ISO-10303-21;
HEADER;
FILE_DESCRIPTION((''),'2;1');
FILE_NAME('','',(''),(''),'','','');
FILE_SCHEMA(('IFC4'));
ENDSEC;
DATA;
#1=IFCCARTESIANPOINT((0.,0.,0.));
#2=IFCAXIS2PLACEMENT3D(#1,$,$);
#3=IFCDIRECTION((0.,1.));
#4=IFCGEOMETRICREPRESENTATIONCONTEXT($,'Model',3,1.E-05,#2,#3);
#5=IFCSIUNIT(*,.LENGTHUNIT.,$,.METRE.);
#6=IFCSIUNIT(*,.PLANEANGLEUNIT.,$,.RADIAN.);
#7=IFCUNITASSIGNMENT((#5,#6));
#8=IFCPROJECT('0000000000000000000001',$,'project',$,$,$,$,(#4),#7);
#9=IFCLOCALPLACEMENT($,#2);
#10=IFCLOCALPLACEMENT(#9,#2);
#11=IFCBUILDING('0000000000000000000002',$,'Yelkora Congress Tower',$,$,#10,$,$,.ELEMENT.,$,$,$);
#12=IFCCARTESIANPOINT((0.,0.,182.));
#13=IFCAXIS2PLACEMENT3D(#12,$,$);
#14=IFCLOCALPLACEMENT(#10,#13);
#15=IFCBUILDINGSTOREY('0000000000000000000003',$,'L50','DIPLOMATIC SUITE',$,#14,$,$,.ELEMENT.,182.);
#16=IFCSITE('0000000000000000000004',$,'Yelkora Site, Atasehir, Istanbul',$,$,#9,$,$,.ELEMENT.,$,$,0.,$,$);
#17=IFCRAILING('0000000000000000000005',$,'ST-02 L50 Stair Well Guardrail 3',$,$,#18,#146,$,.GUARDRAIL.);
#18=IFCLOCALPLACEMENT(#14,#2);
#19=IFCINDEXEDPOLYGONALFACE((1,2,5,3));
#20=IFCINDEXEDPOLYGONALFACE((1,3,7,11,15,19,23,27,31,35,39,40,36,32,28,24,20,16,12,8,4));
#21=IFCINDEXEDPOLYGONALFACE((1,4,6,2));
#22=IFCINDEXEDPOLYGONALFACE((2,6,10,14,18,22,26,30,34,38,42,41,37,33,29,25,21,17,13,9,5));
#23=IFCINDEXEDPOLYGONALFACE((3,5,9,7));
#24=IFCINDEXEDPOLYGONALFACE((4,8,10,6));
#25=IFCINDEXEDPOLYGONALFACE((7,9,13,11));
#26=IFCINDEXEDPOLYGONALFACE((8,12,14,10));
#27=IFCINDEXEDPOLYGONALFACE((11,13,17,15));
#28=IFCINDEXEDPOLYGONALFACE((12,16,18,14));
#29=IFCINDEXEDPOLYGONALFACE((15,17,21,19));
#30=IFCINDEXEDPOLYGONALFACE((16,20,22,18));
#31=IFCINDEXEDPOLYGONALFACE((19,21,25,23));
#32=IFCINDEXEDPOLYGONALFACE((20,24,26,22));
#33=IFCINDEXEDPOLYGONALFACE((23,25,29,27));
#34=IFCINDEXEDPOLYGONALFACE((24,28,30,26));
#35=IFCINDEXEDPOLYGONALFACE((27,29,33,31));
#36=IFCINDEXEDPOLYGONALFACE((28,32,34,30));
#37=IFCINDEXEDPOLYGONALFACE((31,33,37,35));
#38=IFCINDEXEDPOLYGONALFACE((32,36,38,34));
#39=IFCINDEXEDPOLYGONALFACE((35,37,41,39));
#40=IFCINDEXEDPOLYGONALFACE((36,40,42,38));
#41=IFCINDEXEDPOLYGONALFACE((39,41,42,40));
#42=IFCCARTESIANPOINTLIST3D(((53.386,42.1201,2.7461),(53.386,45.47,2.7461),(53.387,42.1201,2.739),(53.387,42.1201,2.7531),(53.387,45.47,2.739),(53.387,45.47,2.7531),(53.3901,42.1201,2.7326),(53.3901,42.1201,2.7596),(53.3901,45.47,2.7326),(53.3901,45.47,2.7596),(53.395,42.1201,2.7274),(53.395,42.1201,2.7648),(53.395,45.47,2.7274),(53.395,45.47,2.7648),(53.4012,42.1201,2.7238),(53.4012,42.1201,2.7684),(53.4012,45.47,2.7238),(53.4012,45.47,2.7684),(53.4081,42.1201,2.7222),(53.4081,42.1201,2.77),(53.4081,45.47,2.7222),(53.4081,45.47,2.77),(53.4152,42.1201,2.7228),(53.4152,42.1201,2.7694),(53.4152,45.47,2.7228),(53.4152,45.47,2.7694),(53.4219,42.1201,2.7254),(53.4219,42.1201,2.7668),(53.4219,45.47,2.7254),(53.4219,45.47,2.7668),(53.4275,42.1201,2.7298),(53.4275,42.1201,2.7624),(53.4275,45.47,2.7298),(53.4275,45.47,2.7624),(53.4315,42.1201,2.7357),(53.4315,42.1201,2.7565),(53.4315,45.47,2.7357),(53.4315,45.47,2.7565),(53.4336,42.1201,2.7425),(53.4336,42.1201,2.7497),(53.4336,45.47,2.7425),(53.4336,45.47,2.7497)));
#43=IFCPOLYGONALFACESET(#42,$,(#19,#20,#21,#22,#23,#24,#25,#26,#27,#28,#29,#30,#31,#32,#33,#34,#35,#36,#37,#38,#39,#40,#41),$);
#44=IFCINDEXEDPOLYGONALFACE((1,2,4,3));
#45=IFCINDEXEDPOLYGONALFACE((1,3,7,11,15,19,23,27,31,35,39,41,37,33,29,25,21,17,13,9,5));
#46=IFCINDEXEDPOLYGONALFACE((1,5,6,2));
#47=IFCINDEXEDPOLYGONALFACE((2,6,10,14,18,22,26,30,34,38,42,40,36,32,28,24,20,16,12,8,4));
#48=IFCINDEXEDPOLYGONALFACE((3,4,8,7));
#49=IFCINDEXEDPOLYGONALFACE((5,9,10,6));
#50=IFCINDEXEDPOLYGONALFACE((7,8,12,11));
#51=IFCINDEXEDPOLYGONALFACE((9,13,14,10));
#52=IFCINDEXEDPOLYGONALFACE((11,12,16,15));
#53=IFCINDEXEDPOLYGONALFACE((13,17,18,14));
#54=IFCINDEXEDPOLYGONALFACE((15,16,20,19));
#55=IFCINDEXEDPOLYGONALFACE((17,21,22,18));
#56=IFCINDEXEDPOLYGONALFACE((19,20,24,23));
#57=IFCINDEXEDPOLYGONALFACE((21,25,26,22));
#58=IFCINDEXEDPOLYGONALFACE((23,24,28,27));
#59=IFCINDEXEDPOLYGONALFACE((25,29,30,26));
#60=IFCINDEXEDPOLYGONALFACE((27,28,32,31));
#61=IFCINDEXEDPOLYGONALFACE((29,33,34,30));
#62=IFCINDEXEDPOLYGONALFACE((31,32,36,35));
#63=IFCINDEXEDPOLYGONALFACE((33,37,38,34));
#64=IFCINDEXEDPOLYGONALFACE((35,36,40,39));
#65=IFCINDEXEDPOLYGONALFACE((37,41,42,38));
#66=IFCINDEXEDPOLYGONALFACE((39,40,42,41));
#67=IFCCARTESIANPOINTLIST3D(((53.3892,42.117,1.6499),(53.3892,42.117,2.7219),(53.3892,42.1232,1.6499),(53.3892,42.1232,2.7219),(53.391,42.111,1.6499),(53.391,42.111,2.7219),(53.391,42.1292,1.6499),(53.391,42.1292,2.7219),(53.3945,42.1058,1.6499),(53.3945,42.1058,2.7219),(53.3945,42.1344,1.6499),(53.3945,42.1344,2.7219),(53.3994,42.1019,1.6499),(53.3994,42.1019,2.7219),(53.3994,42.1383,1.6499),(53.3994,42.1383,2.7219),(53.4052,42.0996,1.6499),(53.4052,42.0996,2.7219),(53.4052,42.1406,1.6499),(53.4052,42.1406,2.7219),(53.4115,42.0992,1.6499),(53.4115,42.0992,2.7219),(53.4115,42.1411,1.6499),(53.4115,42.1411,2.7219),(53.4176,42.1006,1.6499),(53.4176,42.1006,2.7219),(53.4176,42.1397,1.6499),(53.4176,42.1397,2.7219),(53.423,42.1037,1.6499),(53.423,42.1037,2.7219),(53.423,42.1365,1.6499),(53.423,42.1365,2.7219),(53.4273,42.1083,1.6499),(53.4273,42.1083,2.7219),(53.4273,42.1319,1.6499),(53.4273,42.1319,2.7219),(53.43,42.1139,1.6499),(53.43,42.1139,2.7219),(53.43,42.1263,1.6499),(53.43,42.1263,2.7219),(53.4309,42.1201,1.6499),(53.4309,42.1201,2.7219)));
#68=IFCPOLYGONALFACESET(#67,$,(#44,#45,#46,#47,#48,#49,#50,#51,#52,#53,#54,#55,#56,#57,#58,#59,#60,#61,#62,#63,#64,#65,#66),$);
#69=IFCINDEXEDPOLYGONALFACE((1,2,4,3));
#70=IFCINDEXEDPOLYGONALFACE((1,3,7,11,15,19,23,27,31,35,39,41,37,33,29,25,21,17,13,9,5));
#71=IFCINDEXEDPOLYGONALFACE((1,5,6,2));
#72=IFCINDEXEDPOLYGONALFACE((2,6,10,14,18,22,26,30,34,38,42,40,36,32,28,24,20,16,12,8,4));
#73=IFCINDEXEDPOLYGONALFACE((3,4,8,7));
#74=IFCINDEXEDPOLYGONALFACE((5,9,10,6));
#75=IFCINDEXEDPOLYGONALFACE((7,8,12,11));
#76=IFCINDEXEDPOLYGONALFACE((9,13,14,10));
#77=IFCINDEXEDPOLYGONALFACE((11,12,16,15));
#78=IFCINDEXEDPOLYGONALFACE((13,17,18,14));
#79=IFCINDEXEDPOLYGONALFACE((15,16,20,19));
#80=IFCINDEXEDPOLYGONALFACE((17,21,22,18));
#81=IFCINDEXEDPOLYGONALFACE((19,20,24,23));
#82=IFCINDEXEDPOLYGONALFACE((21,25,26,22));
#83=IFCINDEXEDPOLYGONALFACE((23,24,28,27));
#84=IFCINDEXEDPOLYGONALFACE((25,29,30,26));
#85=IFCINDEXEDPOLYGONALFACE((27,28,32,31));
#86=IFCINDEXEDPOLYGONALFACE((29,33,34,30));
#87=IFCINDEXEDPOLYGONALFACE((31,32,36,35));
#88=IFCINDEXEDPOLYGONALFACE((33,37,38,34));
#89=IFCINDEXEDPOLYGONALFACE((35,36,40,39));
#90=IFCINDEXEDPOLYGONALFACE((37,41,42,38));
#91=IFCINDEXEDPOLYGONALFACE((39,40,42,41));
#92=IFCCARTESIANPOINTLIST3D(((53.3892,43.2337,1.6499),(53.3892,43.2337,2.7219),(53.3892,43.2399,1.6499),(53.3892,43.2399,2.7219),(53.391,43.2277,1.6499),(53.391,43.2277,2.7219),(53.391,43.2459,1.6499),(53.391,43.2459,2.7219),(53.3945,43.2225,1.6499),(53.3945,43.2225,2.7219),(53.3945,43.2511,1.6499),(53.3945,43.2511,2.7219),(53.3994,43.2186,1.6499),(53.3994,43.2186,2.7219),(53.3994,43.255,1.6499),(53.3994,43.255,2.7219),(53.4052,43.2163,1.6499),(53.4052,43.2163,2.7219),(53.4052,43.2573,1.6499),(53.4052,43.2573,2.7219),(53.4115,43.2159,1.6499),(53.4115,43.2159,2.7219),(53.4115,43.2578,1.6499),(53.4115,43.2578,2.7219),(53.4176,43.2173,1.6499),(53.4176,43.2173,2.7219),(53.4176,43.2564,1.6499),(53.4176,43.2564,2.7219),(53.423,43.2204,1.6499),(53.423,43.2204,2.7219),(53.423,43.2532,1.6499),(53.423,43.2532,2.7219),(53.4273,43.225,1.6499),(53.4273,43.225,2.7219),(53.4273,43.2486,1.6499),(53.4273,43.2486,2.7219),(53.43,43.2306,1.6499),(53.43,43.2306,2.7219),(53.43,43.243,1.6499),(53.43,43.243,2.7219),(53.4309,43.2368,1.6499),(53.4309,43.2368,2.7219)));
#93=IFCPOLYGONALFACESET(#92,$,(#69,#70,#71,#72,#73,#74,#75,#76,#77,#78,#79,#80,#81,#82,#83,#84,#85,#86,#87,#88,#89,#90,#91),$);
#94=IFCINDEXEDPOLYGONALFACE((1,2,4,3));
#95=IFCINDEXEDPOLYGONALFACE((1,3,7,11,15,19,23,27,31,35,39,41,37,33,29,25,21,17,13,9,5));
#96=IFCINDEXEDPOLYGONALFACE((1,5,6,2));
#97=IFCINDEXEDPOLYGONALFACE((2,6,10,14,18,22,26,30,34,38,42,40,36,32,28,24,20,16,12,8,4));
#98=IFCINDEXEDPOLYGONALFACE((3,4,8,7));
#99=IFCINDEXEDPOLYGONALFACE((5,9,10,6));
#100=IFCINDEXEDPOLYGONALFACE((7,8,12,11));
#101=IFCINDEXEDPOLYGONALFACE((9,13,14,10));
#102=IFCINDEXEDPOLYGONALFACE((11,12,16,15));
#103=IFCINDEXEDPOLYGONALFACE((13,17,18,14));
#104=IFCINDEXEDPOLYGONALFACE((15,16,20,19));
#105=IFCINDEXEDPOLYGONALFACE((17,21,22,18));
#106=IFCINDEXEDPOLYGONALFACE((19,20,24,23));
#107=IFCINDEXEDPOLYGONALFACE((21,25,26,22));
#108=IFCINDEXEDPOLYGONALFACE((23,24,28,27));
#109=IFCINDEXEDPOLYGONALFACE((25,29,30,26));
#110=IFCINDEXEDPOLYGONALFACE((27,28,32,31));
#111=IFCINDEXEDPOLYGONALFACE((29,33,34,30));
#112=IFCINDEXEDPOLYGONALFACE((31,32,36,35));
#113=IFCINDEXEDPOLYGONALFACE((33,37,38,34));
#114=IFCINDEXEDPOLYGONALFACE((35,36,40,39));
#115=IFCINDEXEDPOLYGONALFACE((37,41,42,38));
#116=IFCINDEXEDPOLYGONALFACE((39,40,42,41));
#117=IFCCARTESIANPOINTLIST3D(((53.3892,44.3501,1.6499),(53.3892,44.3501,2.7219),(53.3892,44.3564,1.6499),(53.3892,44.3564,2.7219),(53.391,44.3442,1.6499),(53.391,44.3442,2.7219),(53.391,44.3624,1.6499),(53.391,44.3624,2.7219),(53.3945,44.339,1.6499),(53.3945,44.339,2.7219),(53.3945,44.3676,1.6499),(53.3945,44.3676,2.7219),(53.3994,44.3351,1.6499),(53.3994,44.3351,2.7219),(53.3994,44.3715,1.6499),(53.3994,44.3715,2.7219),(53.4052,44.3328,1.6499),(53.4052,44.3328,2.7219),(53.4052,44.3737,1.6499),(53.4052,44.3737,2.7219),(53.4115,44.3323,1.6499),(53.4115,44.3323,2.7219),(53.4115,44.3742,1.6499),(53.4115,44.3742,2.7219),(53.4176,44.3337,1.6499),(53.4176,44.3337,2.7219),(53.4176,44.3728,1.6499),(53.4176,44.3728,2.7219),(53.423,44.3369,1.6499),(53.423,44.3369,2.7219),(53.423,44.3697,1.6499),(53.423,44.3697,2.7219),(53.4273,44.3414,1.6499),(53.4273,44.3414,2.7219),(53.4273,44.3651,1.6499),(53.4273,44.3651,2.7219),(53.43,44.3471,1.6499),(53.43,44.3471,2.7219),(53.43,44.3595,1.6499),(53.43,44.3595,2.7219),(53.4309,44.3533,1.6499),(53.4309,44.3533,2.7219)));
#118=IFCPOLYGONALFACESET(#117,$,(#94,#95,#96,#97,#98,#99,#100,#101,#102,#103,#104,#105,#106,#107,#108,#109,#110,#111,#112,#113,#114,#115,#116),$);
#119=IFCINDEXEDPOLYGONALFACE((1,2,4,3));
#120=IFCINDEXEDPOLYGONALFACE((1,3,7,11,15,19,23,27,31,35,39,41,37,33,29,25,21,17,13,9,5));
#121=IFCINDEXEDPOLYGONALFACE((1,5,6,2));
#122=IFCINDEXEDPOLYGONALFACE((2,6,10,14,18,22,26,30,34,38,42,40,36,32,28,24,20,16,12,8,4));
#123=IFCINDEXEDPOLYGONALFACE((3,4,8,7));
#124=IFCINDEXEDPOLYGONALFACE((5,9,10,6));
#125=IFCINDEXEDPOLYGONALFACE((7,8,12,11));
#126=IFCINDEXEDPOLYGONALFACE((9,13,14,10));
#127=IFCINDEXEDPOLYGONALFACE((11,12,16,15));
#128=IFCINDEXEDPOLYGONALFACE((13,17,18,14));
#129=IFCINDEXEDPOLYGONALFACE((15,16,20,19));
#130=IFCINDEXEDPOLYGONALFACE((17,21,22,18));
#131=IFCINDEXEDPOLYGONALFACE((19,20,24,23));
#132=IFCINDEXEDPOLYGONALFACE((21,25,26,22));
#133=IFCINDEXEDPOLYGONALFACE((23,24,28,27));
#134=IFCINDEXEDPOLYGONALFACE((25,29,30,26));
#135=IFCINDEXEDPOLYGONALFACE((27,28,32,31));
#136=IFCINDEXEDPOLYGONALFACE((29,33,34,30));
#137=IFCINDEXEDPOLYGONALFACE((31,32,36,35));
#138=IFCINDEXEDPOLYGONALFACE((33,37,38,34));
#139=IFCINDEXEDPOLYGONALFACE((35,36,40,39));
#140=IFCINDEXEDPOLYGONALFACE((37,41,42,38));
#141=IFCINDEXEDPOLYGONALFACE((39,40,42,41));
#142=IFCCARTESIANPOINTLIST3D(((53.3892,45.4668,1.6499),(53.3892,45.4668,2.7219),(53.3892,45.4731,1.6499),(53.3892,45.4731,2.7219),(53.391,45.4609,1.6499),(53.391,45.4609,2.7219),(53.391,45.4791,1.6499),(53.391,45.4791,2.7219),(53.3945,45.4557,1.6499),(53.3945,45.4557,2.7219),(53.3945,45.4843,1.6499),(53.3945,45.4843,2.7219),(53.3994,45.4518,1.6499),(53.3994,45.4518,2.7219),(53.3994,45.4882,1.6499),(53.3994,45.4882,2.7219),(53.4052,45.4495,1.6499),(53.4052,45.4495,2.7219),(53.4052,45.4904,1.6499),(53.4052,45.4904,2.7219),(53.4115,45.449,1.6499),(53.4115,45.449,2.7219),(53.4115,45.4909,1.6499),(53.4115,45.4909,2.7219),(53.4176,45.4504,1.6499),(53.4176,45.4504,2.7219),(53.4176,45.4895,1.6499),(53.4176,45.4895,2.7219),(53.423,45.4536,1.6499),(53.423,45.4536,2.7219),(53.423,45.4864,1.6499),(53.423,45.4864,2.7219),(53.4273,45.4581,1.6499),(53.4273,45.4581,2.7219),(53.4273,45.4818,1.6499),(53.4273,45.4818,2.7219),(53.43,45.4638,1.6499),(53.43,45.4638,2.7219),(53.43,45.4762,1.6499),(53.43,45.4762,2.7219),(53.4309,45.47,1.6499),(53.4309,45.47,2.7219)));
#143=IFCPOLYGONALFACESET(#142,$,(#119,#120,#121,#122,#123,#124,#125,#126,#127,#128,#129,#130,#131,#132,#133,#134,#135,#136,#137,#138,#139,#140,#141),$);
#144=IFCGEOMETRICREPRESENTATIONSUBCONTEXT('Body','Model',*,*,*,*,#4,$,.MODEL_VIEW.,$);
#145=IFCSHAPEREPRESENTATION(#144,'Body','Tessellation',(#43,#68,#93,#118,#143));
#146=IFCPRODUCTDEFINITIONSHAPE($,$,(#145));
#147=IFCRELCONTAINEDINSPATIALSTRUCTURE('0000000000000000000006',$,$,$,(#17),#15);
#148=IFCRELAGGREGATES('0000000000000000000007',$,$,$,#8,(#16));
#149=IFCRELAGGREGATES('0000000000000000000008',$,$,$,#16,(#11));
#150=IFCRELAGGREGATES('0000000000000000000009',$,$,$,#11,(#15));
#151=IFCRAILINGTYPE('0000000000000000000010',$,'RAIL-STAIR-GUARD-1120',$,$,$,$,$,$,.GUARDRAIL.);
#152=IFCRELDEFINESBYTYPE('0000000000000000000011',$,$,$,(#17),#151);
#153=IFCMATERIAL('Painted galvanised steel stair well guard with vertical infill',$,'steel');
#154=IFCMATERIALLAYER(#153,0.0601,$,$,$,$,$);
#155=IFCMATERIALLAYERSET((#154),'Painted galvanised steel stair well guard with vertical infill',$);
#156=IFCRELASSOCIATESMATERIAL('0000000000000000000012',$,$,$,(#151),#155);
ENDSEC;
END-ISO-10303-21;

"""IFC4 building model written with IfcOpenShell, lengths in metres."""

from ifc_helpers import new_model, si_unit, direction, frame, origin, origin_2d, place, context, subcontext, project, spatial, circle, extrude, material, layer, layer_set, type_object, element, save


model = new_model("IFC4")

# Units and contexts
model_context = context("Model", 3, precision=1e-05, world=origin(), true_north=direction((0.0, 1.0)))
body_context = subcontext(model_context, "Body", "Model", "MODEL_VIEW")
ifc_project = project(units=[si_unit("LENGTHUNIT", "METRE"), si_unit("PLANEANGLEUNIT", "RADIAN")], contexts=[model_context])

# Site, building, storey
site_placement = place(None, origin())
site = spatial("IfcSite", under=ifc_project, at=site_placement, Name="Yelkora Site, Atasehir, Istanbul", CompositionType="ELEMENT", RefElevation=0.0)
building_placement = place(site_placement, origin())
building = spatial("IfcBuilding", under=site, at=building_placement, Name="Yelkora Congress Tower", CompositionType="ELEMENT")
storey_placement = place(building_placement, frame((0.0, 0.0, 182.0)))
storey = spatial("IfcBuildingStorey", under=building, at=storey_placement, Name="L50", Description="DIPLOMATIC SUITE", CompositionType="ELEMENT", Elevation=182.0)

# Railing
ifc_material_1 = material(Name="Painted galvanised steel stair well guard with vertical infill", Category="steel")
ifc_layer_1 = layer(ifc_material_1, 0.0601)
ifc_layer_set_1 = layer_set([ifc_layer_1], Name="Painted galvanised steel stair well guard with vertical infill")
railing_type_1 = type_object("IfcRailingType", Name="RAIL-STAIR-GUARD-1120", PredefinedType="GUARDRAIL", material=ifc_layer_set_1)
for number, where, name in (
    (1, (53.4099, 42.1201, 1.6499), "ST-02 L50 Stair Well Guardrail 3"),
):
    element("IfcRailing", number, at=place(storey_placement, frame(where)), inside=storey, type_object=railing_type_1, Name=name, PredefinedType="GUARDRAIL", context=body_context, shape_type="SweptSolid", body=[
        extrude(circle(Radius=0.0239, at=origin_2d()), frame((0.0, 0.0, 1.0962), z_axis=(0.0, 1.0, 0.0), x_axis=(-1.0, 0.0, 0.0)), (0.0, 0.0, 1.0), 3.3499),
        extrude(circle(Radius=0.021, at=origin_2d()), origin(), (0.0, 0.0, 1.0), 1.072),
        extrude(circle(Radius=0.021, at=origin_2d()), frame((0.0, 1.1167, 0.0)), (0.0, 0.0, 1.0), 1.072),
        extrude(circle(Radius=0.021, at=origin_2d()), frame((0.0, 2.2332, 0.0)), (0.0, 0.0, 1.0), 1.072),
        extrude(circle(Radius=0.021, at=origin_2d()), frame((0.0, 3.3499, 0.0)), (0.0, 0.0, 1.0), 1.072),
    ])

save(model, "model.ifc")
